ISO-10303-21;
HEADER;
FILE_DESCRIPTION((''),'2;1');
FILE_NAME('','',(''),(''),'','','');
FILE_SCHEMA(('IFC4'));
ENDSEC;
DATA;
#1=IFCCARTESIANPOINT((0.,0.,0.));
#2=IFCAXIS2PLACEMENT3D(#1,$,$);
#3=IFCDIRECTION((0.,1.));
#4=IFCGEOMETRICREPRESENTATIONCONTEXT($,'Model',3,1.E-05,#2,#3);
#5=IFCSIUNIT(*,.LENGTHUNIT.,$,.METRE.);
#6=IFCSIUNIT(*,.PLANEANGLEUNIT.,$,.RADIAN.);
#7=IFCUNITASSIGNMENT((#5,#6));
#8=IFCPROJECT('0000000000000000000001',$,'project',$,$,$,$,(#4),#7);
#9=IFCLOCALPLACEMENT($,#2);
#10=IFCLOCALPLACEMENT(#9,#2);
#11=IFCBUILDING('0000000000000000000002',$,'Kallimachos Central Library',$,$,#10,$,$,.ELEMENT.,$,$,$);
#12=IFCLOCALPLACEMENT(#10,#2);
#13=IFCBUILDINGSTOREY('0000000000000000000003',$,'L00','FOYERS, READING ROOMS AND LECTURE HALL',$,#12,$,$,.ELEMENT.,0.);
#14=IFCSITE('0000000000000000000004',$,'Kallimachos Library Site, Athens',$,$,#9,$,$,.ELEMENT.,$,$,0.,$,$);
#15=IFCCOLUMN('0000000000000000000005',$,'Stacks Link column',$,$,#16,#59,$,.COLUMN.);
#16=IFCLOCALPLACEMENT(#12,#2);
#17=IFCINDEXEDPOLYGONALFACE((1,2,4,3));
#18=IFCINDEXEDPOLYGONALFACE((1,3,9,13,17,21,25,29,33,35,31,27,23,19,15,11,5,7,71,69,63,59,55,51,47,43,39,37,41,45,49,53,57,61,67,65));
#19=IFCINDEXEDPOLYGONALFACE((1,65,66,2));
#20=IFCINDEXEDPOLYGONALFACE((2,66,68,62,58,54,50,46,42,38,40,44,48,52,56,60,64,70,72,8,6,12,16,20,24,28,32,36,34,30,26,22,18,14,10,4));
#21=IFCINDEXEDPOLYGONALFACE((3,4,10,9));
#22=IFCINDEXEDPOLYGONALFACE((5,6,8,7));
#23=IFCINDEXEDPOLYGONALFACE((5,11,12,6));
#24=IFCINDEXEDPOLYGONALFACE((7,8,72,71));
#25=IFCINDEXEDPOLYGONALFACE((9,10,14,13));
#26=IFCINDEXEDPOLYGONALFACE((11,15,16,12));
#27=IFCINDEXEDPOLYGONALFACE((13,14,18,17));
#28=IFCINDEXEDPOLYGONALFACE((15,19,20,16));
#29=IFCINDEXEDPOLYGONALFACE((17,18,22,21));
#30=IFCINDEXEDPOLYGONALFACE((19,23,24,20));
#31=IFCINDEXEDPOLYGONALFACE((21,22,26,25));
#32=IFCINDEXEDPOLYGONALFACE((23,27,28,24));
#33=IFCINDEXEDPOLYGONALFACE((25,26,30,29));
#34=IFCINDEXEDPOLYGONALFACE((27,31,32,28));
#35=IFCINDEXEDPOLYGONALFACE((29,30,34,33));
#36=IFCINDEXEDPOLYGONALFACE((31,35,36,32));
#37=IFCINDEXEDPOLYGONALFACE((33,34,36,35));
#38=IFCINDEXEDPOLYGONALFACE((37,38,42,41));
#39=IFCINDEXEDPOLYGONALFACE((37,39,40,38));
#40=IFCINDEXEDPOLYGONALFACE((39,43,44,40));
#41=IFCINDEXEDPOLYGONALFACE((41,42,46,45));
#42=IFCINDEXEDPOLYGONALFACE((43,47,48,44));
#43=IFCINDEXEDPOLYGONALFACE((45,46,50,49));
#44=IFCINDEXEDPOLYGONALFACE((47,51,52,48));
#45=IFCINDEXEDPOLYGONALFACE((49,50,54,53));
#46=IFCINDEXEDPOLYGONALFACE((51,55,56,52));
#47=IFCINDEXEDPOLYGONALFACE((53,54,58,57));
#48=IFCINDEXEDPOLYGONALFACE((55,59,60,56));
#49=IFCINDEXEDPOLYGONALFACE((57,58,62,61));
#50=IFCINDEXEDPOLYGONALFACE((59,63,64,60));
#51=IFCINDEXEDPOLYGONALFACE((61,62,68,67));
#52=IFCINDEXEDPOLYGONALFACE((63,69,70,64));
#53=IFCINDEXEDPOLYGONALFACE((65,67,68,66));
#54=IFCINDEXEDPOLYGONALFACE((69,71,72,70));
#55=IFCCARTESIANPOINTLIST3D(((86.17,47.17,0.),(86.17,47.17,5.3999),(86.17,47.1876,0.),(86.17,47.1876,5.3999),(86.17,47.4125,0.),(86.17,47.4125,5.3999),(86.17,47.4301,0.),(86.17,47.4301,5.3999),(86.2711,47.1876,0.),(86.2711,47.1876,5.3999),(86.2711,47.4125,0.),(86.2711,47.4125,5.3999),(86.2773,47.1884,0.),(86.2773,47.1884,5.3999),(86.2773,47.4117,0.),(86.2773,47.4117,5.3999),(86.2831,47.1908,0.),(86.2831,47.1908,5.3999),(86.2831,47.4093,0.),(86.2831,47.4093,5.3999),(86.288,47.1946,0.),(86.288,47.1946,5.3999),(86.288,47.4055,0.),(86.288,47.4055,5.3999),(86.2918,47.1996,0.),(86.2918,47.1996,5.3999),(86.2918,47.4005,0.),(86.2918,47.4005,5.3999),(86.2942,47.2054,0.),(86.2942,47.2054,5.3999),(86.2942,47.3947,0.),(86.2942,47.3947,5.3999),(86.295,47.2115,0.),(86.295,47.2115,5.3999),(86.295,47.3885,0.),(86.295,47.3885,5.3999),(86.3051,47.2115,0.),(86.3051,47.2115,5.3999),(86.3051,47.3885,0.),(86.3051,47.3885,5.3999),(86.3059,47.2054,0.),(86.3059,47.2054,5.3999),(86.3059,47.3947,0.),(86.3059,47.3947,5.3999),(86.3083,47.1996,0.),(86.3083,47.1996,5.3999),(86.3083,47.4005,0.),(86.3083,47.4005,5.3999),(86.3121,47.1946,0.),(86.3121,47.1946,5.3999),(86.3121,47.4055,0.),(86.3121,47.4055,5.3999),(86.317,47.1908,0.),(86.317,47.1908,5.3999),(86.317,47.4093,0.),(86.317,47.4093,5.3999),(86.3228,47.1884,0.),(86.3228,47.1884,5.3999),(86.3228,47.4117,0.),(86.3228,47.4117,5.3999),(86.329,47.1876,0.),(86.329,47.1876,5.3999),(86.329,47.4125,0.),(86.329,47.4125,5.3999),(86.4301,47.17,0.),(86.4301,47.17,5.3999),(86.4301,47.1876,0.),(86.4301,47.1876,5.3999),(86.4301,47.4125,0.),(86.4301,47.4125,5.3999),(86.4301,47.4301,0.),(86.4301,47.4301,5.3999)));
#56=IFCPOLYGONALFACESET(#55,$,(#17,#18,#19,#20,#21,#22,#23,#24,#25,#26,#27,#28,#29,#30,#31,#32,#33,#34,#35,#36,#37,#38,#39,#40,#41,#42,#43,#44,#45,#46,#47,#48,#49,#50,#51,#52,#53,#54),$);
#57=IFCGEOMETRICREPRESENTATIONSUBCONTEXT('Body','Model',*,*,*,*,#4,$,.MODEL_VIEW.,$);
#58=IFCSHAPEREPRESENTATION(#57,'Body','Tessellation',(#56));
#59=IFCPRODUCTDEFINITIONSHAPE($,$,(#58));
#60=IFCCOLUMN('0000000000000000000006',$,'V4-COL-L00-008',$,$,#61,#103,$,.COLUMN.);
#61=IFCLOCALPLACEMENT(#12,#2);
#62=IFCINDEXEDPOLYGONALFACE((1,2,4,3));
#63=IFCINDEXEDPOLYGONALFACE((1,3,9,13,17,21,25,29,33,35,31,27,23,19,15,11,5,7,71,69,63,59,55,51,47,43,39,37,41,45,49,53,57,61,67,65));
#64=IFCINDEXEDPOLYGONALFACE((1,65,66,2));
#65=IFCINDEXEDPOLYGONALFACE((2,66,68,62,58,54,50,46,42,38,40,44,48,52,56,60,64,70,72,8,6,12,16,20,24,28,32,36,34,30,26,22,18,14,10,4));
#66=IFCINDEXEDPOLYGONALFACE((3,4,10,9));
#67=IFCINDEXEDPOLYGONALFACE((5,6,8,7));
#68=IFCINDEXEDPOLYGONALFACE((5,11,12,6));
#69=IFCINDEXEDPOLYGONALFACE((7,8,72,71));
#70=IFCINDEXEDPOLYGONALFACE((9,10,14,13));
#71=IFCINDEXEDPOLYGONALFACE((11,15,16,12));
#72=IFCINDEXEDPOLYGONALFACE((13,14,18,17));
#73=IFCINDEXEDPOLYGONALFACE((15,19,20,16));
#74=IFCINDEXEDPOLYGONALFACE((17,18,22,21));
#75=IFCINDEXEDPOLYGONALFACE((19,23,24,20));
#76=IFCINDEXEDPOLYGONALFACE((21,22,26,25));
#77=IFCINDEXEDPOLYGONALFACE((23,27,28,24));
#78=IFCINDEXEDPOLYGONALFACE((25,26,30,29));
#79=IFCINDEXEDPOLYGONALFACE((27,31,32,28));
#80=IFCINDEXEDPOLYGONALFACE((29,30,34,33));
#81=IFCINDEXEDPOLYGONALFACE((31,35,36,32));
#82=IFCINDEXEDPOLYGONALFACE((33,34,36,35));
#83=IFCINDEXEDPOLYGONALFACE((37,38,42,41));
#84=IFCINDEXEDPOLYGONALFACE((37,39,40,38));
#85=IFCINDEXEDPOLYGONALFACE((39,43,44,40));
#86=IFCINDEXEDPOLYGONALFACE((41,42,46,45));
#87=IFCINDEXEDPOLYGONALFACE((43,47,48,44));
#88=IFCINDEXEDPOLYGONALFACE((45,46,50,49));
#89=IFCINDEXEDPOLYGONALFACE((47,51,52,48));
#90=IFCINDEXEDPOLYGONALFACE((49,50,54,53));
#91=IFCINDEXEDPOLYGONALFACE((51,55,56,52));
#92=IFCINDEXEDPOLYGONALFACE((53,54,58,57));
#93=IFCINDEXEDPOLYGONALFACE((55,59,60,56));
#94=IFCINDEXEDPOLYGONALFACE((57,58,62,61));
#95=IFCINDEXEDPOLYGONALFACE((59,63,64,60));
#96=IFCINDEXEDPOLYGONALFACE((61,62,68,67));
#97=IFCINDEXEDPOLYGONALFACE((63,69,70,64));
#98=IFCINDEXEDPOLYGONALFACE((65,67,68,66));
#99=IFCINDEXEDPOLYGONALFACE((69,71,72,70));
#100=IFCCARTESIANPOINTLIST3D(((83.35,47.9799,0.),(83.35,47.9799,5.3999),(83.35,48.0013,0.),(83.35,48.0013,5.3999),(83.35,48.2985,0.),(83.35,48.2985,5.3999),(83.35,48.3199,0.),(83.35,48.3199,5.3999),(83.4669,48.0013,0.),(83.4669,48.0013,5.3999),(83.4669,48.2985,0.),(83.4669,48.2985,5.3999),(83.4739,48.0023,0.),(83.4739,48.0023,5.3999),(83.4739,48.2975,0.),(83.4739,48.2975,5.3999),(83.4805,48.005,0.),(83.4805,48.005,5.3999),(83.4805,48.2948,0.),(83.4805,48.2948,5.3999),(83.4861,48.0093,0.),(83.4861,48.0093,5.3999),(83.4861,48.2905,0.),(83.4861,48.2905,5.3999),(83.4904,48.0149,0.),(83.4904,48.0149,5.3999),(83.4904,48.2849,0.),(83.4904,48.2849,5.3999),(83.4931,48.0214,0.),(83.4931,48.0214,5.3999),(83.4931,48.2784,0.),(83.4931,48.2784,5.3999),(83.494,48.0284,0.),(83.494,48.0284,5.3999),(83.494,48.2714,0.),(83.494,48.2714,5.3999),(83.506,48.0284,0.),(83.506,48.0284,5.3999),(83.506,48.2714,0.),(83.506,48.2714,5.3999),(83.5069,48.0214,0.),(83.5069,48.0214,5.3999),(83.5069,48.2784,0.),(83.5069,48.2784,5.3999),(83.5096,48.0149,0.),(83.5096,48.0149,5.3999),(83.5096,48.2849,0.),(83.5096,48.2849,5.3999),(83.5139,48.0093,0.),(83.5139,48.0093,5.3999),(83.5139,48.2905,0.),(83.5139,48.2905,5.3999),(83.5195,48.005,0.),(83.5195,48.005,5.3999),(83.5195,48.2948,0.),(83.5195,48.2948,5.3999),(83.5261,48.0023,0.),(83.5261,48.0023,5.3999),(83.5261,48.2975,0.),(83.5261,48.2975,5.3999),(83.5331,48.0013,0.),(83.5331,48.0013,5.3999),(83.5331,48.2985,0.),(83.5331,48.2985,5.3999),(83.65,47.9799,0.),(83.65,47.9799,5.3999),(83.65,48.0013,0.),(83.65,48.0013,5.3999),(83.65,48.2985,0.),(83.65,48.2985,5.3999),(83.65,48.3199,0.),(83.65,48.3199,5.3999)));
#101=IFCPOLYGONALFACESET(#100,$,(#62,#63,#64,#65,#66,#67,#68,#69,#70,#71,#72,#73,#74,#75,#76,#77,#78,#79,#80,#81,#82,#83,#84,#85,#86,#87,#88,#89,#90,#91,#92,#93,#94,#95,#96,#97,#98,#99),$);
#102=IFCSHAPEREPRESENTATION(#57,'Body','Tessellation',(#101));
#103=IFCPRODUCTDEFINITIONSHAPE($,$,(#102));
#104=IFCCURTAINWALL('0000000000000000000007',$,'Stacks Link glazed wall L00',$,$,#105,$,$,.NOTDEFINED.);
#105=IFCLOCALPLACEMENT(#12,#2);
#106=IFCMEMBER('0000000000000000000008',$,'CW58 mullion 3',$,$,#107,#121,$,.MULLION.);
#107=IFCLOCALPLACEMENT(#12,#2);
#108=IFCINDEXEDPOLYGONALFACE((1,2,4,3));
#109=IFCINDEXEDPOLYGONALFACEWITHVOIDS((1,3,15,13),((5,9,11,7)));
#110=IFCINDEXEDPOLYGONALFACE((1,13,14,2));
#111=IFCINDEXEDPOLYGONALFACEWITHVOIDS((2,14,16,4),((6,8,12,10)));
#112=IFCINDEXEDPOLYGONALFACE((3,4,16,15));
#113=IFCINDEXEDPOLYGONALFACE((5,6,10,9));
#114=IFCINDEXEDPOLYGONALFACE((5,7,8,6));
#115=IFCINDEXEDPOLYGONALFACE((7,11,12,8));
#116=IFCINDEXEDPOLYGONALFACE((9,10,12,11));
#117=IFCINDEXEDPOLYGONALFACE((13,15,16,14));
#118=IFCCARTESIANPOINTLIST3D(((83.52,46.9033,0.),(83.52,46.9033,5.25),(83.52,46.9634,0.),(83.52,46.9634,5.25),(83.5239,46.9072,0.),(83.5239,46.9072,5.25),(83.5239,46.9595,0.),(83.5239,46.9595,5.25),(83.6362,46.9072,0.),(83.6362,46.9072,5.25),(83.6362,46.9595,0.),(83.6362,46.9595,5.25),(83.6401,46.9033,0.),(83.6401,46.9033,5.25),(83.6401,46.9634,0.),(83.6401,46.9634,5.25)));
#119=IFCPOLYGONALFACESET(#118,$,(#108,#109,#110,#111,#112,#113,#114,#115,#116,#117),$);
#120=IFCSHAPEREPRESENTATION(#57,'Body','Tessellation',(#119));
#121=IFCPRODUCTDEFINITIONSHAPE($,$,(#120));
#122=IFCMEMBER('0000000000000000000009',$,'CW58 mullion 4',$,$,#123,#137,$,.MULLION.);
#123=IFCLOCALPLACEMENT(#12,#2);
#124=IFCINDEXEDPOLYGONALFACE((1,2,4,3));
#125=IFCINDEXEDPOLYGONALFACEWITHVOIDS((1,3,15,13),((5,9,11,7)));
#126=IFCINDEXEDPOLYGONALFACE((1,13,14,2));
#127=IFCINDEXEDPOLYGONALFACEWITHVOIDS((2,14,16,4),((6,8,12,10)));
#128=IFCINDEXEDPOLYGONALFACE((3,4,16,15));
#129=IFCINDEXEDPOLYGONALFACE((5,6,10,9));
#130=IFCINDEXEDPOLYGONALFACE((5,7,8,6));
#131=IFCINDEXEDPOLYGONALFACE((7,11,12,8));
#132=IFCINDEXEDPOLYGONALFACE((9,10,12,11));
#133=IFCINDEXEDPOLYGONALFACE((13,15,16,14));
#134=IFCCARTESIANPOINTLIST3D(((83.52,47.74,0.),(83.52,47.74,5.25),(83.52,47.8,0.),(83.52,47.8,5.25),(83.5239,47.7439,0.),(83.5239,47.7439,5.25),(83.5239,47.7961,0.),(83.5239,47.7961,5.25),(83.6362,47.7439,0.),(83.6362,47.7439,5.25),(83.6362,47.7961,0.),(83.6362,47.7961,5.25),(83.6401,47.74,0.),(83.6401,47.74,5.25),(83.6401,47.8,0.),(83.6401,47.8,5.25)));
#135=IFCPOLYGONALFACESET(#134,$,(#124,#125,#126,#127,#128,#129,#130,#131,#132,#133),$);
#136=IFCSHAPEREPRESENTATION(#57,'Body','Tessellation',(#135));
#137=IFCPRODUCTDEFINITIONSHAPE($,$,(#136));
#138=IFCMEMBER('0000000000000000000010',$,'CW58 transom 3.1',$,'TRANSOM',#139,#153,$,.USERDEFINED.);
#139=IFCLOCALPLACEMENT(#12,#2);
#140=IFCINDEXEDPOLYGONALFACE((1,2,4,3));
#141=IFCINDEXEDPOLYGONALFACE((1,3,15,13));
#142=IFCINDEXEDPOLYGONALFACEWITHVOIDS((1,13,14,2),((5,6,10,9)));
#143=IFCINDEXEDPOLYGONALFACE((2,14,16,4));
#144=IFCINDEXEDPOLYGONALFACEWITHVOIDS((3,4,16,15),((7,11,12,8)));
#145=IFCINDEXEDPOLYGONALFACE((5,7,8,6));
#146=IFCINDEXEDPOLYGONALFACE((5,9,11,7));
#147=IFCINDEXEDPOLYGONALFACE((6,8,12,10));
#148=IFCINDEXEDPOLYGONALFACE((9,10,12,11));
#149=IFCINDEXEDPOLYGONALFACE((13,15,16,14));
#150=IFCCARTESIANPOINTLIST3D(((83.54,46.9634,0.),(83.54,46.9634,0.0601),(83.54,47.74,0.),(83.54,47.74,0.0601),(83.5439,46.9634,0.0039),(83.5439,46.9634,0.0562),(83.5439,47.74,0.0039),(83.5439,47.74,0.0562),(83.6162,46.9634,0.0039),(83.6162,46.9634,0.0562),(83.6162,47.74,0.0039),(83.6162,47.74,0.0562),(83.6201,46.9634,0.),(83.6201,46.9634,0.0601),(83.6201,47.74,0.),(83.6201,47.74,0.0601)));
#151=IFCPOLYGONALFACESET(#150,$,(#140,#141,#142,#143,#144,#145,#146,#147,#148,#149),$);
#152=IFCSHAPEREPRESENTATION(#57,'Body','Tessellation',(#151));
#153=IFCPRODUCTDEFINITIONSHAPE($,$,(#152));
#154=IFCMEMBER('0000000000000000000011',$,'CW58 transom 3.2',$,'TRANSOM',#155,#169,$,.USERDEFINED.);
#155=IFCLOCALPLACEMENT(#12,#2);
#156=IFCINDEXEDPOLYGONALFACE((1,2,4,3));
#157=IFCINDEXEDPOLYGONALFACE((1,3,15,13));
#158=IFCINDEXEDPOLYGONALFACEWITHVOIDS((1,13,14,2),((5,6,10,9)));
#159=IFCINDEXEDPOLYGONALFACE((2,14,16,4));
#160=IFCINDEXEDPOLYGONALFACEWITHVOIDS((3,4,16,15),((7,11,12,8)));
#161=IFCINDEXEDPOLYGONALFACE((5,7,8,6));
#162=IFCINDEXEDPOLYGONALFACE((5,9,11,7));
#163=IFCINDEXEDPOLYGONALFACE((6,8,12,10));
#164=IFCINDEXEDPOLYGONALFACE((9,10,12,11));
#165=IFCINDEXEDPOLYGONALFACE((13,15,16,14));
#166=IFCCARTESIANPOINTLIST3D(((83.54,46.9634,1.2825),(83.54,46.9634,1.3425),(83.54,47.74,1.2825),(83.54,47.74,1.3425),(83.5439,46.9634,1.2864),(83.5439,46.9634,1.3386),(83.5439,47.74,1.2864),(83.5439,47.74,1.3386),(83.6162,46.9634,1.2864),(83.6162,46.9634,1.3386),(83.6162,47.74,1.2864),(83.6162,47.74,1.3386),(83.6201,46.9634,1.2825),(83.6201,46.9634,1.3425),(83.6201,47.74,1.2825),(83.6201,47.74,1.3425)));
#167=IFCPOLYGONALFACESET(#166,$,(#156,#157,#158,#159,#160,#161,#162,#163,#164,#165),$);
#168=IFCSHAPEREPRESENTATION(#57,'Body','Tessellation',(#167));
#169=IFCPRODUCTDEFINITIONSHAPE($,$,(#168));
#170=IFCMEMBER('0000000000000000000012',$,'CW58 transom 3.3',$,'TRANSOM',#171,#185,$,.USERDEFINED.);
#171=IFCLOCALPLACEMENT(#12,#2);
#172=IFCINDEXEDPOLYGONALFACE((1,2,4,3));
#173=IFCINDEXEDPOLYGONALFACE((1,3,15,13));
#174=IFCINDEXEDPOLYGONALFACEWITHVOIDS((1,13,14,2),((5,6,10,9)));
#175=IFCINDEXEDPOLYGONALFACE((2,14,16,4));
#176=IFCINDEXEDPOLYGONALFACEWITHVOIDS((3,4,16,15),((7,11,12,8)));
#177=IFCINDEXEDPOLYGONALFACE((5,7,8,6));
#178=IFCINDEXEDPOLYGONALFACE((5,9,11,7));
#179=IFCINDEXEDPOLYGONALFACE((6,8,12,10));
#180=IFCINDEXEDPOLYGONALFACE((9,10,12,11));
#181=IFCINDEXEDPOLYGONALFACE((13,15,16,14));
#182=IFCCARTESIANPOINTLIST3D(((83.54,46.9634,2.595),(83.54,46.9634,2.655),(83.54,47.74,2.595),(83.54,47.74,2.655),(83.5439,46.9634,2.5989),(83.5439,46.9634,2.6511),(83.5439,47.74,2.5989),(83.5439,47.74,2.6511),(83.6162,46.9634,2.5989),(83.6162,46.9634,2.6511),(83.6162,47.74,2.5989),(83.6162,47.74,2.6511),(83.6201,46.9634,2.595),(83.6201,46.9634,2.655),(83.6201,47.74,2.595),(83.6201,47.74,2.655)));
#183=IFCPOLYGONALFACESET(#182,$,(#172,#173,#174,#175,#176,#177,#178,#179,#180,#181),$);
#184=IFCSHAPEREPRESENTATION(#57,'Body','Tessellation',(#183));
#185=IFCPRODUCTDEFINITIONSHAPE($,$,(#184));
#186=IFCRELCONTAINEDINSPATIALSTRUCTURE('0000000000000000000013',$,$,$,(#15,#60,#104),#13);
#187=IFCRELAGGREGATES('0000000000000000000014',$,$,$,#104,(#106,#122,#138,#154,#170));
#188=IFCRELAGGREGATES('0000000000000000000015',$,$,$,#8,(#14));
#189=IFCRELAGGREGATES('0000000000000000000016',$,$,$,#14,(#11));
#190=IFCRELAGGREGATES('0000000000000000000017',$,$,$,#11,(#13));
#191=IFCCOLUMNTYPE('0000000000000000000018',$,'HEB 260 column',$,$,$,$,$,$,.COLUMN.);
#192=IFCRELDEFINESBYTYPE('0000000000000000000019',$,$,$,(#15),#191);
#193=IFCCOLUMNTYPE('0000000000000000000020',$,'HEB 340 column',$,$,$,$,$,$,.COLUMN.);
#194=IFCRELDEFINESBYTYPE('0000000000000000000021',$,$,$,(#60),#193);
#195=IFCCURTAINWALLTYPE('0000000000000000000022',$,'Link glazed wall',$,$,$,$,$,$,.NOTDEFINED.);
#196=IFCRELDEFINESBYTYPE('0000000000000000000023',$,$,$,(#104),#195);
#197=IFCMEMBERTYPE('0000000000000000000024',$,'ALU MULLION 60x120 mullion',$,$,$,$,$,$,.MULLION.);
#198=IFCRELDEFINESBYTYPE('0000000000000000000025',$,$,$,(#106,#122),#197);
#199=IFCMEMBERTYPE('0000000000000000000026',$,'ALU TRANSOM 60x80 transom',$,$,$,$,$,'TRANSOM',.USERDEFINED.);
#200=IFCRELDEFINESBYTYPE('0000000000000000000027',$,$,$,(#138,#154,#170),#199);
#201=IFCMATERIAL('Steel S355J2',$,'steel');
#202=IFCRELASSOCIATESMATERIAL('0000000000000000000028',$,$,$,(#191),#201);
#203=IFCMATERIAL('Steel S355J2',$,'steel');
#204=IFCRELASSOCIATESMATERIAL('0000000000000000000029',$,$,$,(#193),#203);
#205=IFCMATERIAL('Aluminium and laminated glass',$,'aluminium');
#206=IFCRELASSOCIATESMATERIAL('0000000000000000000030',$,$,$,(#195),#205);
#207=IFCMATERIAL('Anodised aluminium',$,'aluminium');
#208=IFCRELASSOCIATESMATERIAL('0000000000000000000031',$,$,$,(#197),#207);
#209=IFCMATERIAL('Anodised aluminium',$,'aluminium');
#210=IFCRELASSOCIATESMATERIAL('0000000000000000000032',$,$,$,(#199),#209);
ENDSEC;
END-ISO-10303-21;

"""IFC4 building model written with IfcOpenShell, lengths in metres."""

from ifc_helpers import new_model, si_unit, direction, frame, origin, origin_2d, place, context, subcontext, project, spatial, hollow_rectangle, i_section, extrude, material, material_profile, profile_set, type_object, element, aggregate, save


model = new_model("IFC4")

# Units and contexts
model_context = context("Model", 3, precision=1e-05, world=origin(), true_north=direction((0.0, 1.0)))
body_context = subcontext(model_context, "Body", "Model", "MODEL_VIEW")
ifc_project = project(units=[si_unit("LENGTHUNIT", "METRE"), si_unit("PLANEANGLEUNIT", "RADIAN")], contexts=[model_context])

# Site, building, storey
site_placement = place(None, origin())
site = spatial("IfcSite", under=ifc_project, at=site_placement, Name="Kallimachos Library Site, Athens", CompositionType="ELEMENT", RefElevation=0.0)
building_placement = place(site_placement, origin())
building = spatial("IfcBuilding", under=site, at=building_placement, Name="Kallimachos Central Library", CompositionType="ELEMENT")
storey_placement = place(building_placement, origin())
storey = spatial("IfcBuildingStorey", under=building, at=storey_placement, Name="L00", Description="FOYERS, READING ROOMS AND LECTURE HALL", CompositionType="ELEMENT", Elevation=0.0)

# Columns
ifc_material_1 = material(Name="Steel S355J2", Category="steel")
ifc_material_profile_1 = material_profile(ifc_material_1, i_section(OverallWidth=0.26, OverallDepth=0.26, WebThickness=0.01, FlangeThickness=0.0176, FilletRadius=0.0239, at=origin_2d()), Name="HEB 260")
ifc_profile_set_1 = profile_set([ifc_material_profile_1], Name="Steel S355J2")
column_type_1 = type_object("IfcColumnType", Name="HEB 260 column", PredefinedType="COLUMN", material=ifc_profile_set_1)
column_1_placement = place(storey_placement, frame((86.3, 47.3, 0.0), z_axis=(0.0, 0.0, 1.0), x_axis=(1.0, 0.0, 0.0)))
element("IfcColumn", 1, at=column_1_placement, inside=storey, type_object=column_type_1, Name="Stacks Link column", PredefinedType="COLUMN", context=body_context, shape_type="SweptSolid", body=[
    extrude(i_section(OverallWidth=0.26, OverallDepth=0.26, WebThickness=0.01, FlangeThickness=0.0176, FilletRadius=0.0239, at=origin_2d()), origin(), (0.0, 0.0, 1.0), 5.3999),
])
ifc_material_2 = material(Name="Steel S355J2", Category="steel")
ifc_material_profile_2 = material_profile(ifc_material_2, i_section(OverallWidth=0.3, OverallDepth=0.3401, WebThickness=0.012, FlangeThickness=0.0215, FilletRadius=0.0271, at=origin_2d()), Name="HEB 340")
ifc_profile_set_2 = profile_set([ifc_material_profile_2], Name="Steel S355J2")
column_type_2 = type_object("IfcColumnType", Name="HEB 340 column", PredefinedType="COLUMN", material=ifc_profile_set_2)
column_2_placement = place(storey_placement, frame((83.5, 48.1499, 0.0), z_axis=(0.0, 0.0, 1.0), x_axis=(1.0, 0.0, 0.0)))
element("IfcColumn", 2, at=column_2_placement, inside=storey, type_object=column_type_2, Name="V4-COL-L00-008", PredefinedType="COLUMN", context=body_context, shape_type="SweptSolid", body=[
    extrude(i_section(OverallWidth=0.3, OverallDepth=0.3401, WebThickness=0.012, FlangeThickness=0.0215, FilletRadius=0.0271, at=origin_2d()), origin(), (0.0, 0.0, 1.0), 5.3999),
])

# Curtain wall, members
ifc_material_3 = material(Name="Aluminium and laminated glass", Category="aluminium")
curtain_wall_type = type_object("IfcCurtainWallType", Name="Link glazed wall", PredefinedType="NOTDEFINED", material=ifc_material_3)
curtain_wall_placement = place(storey_placement, origin())
curtain_wall = element("IfcCurtainWall", 3, at=curtain_wall_placement, inside=storey, type_object=curtain_wall_type, Name="Stacks Link glazed wall L00", PredefinedType="NOTDEFINED")
ifc_material_4 = material(Name="Anodised aluminium", Category="aluminium")
ifc_material_profile_3 = material_profile(ifc_material_4, hollow_rectangle(XDim=0.0601, YDim=0.1201, WallThickness=0.0039, at=origin_2d()), Name="ALU MULLION 60x120")
ifc_profile_set_3 = profile_set([ifc_material_profile_3], Name="Anodised aluminium")
member_type_1 = type_object("IfcMemberType", Name="ALU MULLION 60x120 mullion", PredefinedType="MULLION", material=ifc_profile_set_3)
member_1_placement = place(storey_placement, frame((83.5801, 46.9333, 0.0), z_axis=(0.0, 0.0, 1.0), x_axis=(0.0, 1.0, 0.0)))
member_1 = element("IfcMember", 4, at=member_1_placement, type_object=member_type_1, Name="CW58 mullion 3", PredefinedType="MULLION", context=body_context, shape_type="SweptSolid", body=[
    extrude(hollow_rectangle(XDim=0.0601, YDim=0.1201, WallThickness=0.0039, at=origin_2d()), origin(), (0.0, 0.0, 1.0), 5.25),
])
member_2_placement = place(storey_placement, frame((83.5801, 47.77, 0.0), z_axis=(0.0, 0.0, 1.0), x_axis=(0.0, 1.0, 0.0)))
member_2 = element("IfcMember", 5, at=member_2_placement, type_object=member_type_1, Name="CW58 mullion 4", PredefinedType="MULLION", context=body_context, shape_type="SweptSolid", body=[
    extrude(hollow_rectangle(XDim=0.0601, YDim=0.1201, WallThickness=0.0039, at=origin_2d()), origin(), (0.0, 0.0, 1.0), 5.25),
])
ifc_material_5 = material(Name="Anodised aluminium", Category="aluminium")
ifc_material_profile_4 = material_profile(ifc_material_5, hollow_rectangle(XDim=0.0601, YDim=0.0801, WallThickness=0.0039, at=origin_2d()), Name="ALU TRANSOM 60x80")
ifc_profile_set_4 = profile_set([ifc_material_profile_4], Name="Anodised aluminium")
member_type_2 = type_object("IfcMemberType", Name="ALU TRANSOM 60x80 transom", ElementType="TRANSOM", PredefinedType="USERDEFINED", material=ifc_profile_set_4)
member_3_placement = place(storey_placement, frame((83.5801, 46.9634, 0.03), z_axis=(0.0, 1.0, 0.0), x_axis=(0.0, 0.0, 1.0)))
member_3 = element("IfcMember", 6, at=member_3_placement, type_object=member_type_2, Name="CW58 transom 3.1", ObjectType="TRANSOM", PredefinedType="USERDEFINED", context=body_context, shape_type="SweptSolid", body=[
    extrude(hollow_rectangle(XDim=0.0601, YDim=0.0801, WallThickness=0.0039, at=origin_2d()), origin(), (0.0, 0.0, 1.0), 0.7766),
])
member_4_placement = place(storey_placement, frame((83.5801, 46.9634, 1.3125), z_axis=(0.0, 1.0, 0.0), x_axis=(0.0, 0.0, 1.0)))
member_4 = element("IfcMember", 7, at=member_4_placement, type_object=member_type_2, Name="CW58 transom 3.2", ObjectType="TRANSOM", PredefinedType="USERDEFINED", context=body_context, shape_type="SweptSolid", body=[
    extrude(hollow_rectangle(XDim=0.0601, YDim=0.0801, WallThickness=0.0039, at=origin_2d()), origin(), (0.0, 0.0, 1.0), 0.7766),
])
member_5_placement = place(storey_placement, frame((83.5801, 46.9634, 2.625), z_axis=(0.0, 1.0, 0.0), x_axis=(0.0, 0.0, 1.0)))
member_5 = element("IfcMember", 8, at=member_5_placement, type_object=member_type_2, Name="CW58 transom 3.3", ObjectType="TRANSOM", PredefinedType="USERDEFINED", context=body_context, shape_type="SweptSolid", body=[
    extrude(hollow_rectangle(XDim=0.0601, YDim=0.0801, WallThickness=0.0039, at=origin_2d()), origin(), (0.0, 0.0, 1.0), 0.7766),
])

aggregate(curtain_wall, [member_1, member_2, member_3, member_4, member_5])

save(model, "model.ifc")
